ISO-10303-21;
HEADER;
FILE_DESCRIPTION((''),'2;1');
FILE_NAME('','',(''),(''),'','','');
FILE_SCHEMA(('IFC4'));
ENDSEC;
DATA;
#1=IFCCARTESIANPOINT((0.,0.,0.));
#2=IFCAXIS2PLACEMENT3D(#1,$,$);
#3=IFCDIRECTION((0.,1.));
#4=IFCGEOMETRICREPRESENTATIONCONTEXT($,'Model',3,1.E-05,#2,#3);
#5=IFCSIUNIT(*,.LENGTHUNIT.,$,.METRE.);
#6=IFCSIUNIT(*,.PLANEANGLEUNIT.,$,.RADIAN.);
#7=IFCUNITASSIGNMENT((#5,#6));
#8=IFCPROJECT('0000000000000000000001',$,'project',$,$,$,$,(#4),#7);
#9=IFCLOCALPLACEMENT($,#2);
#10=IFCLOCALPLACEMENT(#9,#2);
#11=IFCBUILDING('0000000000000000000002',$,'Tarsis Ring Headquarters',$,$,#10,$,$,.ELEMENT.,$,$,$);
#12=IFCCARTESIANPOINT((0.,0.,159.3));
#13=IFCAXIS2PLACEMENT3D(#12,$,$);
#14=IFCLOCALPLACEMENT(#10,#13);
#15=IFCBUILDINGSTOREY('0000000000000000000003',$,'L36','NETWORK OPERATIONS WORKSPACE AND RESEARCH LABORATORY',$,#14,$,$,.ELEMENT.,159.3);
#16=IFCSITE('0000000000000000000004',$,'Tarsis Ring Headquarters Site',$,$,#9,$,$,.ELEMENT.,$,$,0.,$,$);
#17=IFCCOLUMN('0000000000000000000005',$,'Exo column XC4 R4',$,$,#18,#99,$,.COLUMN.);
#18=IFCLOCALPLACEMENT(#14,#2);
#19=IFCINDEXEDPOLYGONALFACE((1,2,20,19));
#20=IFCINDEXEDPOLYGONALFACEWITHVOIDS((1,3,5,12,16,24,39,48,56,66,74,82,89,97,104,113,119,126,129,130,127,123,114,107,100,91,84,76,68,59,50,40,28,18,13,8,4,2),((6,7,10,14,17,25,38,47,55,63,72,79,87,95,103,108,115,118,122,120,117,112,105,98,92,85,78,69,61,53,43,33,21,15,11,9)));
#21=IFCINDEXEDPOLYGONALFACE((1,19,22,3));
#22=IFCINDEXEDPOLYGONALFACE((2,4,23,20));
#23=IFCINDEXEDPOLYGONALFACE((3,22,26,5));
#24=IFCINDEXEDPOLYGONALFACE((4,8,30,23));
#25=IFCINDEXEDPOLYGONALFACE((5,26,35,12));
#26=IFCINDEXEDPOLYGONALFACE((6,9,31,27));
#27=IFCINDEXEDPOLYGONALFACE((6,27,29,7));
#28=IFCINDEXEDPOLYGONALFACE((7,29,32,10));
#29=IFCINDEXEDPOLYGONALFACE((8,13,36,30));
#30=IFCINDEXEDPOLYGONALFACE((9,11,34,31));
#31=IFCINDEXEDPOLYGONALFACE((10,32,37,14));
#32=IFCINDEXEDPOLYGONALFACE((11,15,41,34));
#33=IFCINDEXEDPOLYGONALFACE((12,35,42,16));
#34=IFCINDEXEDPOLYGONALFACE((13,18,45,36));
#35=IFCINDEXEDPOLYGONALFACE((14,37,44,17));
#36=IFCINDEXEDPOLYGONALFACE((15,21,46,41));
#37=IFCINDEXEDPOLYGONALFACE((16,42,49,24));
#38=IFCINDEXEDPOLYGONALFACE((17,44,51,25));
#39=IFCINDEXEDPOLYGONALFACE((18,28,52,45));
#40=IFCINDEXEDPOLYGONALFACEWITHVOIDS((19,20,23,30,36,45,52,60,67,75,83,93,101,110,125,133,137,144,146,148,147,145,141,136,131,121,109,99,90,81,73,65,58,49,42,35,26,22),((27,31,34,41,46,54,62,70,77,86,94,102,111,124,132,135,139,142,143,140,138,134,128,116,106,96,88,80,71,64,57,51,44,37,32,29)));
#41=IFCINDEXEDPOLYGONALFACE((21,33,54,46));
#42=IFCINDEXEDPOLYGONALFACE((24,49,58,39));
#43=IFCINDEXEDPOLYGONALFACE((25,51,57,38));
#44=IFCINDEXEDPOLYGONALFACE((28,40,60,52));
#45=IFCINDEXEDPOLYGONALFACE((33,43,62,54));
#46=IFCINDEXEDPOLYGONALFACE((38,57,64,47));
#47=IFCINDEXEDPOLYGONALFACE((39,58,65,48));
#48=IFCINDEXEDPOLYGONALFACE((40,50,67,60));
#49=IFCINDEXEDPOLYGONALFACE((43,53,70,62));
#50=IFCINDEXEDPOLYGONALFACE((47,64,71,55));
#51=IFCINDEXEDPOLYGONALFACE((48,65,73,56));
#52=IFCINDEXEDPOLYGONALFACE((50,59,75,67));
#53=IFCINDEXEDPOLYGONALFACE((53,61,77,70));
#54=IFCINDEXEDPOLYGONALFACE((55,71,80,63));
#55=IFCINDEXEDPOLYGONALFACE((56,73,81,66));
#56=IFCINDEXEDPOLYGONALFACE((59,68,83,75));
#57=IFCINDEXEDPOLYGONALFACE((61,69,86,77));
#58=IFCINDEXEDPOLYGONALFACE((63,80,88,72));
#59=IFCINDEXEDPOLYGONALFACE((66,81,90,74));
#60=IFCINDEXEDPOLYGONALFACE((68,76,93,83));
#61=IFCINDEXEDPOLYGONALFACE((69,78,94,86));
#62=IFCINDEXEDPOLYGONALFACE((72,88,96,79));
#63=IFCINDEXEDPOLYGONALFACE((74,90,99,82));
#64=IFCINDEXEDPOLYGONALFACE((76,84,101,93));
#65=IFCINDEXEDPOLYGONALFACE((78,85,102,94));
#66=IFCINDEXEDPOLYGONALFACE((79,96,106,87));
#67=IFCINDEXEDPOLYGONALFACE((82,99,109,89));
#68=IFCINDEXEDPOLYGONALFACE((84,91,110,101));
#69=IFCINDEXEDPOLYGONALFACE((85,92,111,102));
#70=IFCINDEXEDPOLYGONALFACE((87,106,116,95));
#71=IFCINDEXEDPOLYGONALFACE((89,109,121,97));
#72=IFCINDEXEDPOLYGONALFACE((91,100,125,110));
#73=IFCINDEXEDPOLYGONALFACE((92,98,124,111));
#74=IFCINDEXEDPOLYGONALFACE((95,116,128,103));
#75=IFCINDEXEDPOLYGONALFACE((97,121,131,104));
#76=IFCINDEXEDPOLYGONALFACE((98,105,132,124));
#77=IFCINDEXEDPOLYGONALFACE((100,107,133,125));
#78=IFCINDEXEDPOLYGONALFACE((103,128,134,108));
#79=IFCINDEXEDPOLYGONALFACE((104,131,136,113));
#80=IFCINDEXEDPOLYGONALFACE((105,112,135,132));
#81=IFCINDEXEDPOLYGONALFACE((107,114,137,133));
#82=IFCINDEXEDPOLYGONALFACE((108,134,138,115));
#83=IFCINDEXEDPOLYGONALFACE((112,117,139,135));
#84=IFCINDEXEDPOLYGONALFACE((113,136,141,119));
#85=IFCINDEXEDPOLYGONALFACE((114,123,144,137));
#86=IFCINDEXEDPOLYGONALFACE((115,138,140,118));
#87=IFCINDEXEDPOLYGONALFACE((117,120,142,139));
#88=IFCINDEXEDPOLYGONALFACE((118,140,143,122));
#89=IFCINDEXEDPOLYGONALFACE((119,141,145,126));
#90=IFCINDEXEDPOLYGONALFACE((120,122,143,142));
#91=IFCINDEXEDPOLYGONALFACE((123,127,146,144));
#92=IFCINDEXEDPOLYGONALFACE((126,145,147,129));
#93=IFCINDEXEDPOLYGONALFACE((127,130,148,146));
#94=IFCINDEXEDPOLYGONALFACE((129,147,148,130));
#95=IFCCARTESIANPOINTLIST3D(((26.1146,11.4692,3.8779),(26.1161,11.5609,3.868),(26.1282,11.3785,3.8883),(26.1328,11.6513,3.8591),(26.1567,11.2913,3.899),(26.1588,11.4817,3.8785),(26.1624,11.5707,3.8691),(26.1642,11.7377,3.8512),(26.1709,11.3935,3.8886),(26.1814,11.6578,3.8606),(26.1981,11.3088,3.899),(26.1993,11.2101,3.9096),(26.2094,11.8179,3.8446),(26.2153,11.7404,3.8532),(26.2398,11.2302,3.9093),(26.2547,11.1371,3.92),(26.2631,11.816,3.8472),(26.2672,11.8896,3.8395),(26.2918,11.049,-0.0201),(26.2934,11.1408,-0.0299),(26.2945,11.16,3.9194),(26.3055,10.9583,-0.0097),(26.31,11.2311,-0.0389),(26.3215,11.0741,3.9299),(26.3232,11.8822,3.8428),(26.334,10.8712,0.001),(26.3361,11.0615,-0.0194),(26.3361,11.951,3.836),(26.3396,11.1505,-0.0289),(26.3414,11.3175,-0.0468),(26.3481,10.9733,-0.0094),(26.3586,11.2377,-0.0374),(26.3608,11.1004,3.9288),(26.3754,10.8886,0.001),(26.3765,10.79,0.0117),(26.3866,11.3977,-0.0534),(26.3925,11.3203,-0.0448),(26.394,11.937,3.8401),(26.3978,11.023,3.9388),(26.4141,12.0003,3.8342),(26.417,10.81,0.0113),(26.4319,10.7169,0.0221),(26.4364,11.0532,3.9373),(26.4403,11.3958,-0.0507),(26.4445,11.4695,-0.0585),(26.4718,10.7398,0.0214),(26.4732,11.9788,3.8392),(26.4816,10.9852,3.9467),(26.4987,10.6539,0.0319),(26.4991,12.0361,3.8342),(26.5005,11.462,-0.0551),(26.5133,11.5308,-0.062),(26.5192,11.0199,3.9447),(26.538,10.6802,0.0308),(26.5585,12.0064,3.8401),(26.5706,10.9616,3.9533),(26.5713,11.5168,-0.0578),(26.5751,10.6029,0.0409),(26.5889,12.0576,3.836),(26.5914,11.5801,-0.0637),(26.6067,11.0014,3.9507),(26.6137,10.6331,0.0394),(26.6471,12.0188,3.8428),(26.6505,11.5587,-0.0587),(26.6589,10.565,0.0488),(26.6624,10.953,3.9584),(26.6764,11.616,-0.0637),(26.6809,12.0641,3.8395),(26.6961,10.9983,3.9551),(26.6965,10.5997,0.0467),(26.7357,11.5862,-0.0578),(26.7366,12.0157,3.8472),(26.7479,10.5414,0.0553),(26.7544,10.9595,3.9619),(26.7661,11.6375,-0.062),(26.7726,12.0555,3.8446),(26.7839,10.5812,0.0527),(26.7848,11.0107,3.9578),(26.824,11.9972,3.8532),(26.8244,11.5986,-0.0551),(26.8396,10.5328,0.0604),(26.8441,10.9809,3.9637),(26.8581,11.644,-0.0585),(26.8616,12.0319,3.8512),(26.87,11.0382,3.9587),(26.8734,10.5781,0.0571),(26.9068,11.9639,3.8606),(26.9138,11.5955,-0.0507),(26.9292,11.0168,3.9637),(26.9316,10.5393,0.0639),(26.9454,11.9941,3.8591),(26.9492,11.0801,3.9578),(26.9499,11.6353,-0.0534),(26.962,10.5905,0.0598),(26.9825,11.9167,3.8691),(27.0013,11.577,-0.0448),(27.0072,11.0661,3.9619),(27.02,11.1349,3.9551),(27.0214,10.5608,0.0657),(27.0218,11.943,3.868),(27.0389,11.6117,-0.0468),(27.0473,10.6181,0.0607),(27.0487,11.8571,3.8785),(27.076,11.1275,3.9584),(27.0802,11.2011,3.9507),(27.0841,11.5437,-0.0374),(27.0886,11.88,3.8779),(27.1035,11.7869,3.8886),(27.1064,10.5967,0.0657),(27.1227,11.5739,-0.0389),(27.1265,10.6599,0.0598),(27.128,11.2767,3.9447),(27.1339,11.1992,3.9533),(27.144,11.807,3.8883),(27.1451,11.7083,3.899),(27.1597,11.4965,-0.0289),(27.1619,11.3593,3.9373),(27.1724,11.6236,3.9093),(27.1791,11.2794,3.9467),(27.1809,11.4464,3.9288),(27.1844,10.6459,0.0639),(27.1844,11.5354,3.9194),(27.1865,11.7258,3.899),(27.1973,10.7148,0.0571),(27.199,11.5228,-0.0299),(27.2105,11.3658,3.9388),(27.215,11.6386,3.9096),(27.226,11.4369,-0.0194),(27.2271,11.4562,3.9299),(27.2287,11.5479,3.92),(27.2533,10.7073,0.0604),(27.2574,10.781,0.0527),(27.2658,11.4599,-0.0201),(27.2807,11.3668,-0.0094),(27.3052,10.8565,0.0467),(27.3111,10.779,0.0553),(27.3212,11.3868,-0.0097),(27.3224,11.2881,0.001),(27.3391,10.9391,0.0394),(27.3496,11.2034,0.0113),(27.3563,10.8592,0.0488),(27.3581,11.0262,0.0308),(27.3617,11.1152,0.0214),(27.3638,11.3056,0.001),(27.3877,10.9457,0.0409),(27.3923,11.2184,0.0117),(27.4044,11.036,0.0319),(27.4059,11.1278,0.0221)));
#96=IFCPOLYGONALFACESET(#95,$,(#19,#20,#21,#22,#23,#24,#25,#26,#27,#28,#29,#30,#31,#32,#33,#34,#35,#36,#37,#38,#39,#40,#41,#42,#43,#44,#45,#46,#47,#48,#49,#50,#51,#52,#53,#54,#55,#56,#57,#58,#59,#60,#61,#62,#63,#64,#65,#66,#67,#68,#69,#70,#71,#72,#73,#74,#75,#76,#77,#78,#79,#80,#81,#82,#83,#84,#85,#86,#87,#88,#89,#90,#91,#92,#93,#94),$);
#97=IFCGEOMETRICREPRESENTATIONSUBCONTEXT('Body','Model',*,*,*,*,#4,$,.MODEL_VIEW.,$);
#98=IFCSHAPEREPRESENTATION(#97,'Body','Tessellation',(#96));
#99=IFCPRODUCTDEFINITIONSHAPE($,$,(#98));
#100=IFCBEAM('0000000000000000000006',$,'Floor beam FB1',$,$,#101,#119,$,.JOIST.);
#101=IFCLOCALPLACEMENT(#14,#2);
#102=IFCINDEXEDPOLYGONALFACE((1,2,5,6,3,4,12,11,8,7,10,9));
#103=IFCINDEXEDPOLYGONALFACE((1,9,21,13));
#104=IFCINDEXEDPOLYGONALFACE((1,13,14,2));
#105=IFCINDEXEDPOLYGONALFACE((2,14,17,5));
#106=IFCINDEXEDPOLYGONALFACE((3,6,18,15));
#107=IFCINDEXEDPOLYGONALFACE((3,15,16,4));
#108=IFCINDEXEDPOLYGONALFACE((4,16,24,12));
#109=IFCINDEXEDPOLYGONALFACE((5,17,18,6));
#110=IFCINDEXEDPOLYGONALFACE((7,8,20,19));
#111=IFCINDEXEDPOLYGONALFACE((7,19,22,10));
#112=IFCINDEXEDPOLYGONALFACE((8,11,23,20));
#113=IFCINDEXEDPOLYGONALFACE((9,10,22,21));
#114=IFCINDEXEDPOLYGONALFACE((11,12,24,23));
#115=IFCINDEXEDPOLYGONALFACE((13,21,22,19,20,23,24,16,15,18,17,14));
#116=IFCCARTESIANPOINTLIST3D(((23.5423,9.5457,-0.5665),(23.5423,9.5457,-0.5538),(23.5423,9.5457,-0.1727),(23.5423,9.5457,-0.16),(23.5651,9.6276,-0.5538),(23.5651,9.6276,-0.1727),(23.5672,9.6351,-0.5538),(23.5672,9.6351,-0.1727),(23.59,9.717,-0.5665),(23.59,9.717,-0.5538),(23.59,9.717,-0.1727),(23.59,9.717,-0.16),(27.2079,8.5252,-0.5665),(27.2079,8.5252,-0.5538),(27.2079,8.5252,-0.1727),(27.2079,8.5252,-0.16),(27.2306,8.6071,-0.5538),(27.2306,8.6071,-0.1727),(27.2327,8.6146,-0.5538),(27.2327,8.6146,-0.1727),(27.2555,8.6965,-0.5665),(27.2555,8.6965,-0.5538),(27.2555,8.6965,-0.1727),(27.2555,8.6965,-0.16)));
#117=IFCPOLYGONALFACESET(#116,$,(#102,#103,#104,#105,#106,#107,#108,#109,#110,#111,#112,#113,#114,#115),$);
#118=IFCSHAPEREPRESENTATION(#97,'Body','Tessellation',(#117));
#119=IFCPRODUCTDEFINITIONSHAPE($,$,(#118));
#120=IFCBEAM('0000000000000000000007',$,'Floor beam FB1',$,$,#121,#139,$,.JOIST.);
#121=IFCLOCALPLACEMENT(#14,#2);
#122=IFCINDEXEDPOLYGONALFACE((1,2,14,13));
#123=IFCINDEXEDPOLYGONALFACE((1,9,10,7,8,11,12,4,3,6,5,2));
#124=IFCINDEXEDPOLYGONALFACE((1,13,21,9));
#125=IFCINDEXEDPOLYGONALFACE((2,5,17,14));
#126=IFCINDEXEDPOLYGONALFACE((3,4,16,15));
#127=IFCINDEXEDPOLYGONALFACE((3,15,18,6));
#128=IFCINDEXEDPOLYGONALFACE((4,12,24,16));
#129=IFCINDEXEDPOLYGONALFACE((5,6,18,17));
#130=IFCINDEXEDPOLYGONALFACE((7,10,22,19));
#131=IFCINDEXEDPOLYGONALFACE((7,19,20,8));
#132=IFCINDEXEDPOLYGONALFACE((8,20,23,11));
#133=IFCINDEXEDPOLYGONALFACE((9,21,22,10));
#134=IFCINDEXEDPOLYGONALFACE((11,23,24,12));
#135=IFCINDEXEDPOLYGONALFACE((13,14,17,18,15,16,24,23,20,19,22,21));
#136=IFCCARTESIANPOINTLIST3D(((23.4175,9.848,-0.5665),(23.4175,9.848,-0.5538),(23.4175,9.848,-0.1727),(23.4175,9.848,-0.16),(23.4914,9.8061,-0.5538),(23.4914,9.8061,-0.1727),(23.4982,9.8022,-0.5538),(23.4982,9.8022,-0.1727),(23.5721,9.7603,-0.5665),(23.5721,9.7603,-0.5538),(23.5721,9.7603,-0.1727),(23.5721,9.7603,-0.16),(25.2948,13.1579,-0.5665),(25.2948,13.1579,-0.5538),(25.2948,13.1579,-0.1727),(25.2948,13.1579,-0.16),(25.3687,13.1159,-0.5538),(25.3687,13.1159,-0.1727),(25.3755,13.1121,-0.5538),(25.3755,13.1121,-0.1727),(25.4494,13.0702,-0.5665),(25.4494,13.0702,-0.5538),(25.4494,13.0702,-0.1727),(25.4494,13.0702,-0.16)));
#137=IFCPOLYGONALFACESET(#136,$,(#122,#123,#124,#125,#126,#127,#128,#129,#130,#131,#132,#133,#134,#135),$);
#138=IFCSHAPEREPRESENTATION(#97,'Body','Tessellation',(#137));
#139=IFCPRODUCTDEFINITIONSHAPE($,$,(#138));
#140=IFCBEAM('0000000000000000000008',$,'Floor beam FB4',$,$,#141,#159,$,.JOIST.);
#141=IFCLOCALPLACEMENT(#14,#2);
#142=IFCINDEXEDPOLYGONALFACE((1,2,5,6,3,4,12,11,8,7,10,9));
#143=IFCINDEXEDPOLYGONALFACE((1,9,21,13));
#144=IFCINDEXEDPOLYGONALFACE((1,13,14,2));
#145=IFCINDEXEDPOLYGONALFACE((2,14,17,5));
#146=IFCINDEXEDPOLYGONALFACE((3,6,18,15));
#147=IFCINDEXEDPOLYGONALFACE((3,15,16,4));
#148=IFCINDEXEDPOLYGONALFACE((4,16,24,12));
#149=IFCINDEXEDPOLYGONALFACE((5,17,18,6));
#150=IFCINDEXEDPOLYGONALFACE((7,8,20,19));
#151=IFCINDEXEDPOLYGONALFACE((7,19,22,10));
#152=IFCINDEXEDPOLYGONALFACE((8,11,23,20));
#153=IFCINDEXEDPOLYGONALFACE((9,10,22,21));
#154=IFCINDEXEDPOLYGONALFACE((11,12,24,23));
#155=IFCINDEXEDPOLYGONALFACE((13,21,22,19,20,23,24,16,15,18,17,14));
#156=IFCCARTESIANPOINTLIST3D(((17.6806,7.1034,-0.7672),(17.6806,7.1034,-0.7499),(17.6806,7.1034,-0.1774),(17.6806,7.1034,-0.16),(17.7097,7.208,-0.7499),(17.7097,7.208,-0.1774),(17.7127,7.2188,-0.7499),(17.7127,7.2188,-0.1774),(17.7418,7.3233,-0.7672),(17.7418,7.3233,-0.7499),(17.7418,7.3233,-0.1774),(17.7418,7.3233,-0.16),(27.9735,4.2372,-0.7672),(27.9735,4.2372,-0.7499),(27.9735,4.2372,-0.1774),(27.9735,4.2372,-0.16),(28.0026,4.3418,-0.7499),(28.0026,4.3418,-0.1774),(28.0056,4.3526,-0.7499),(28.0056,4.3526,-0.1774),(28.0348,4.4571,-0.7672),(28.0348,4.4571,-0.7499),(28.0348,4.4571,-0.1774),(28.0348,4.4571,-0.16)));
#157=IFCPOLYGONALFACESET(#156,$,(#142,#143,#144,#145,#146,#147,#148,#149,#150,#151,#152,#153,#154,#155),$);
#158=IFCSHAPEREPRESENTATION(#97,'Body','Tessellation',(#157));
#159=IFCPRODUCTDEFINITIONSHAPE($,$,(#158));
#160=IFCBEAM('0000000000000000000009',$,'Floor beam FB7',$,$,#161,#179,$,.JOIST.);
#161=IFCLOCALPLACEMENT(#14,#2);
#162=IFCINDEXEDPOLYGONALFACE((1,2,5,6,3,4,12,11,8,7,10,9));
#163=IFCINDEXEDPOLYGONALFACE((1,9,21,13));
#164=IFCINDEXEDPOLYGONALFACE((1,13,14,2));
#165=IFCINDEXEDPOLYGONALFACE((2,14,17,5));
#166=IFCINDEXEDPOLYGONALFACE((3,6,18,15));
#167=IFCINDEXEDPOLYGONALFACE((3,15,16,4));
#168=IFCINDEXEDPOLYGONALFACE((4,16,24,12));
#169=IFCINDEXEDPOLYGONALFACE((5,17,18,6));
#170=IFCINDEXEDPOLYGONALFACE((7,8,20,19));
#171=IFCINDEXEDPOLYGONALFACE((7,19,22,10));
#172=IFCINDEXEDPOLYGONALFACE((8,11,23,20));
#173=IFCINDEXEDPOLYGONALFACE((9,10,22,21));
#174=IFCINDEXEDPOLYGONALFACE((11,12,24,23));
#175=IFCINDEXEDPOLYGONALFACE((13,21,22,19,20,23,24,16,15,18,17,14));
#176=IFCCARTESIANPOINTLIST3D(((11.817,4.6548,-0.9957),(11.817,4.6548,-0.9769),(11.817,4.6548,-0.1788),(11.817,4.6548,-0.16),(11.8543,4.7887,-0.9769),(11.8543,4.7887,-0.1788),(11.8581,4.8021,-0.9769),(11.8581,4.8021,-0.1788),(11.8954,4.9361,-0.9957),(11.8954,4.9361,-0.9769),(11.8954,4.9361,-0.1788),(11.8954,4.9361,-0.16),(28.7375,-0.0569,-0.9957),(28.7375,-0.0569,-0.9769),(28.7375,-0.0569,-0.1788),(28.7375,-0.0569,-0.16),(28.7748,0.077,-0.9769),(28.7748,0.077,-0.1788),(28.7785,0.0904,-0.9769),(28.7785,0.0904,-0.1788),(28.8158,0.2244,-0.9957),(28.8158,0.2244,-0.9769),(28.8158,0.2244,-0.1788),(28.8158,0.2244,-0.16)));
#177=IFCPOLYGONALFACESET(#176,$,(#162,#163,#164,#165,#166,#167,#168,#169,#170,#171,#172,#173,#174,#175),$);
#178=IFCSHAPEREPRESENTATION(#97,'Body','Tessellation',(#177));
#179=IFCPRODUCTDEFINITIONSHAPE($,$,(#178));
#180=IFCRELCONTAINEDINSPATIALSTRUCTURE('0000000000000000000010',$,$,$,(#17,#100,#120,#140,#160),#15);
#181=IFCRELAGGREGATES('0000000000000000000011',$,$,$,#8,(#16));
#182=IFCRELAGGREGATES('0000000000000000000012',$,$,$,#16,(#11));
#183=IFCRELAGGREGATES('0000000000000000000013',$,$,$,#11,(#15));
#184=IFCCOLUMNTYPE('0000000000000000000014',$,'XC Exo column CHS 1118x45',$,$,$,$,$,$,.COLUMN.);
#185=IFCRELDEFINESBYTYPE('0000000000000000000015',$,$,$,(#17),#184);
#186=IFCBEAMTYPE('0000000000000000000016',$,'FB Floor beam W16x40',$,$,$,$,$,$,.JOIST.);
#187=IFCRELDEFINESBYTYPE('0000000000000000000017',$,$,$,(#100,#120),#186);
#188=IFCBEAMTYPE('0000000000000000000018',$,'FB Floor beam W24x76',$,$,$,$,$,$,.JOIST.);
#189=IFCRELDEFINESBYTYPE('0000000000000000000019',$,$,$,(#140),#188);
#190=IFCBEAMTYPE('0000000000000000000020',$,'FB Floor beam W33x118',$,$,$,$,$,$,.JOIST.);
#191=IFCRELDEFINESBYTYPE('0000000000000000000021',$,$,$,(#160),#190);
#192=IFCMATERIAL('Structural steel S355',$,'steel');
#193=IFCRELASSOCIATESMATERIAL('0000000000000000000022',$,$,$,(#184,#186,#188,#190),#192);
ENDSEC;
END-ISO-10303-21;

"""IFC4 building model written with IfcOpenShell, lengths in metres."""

from ifc_helpers import new_model, si_unit, direction, frame, origin, origin_2d, place, context, subcontext, project, spatial, hollow_circle, i_section, extrude, material, material_profile, profile_set, type_object, element, save


model = new_model("IFC4")

# Units and contexts
model_context = context("Model", 3, precision=1e-05, world=origin(), true_north=direction((0.0, 1.0)))
body_context = subcontext(model_context, "Body", "Model", "MODEL_VIEW")
ifc_project = project(units=[si_unit("LENGTHUNIT", "METRE"), si_unit("PLANEANGLEUNIT", "RADIAN")], contexts=[model_context])

# Site, building, storey
site_placement = place(None, origin())
site = spatial("IfcSite", under=ifc_project, at=site_placement, Name="Tarsis Ring Headquarters Site", CompositionType="ELEMENT", RefElevation=0.0)
building_placement = place(site_placement, origin())
building = spatial("IfcBuilding", under=site, at=building_placement, Name="Tarsis Ring Headquarters", CompositionType="ELEMENT")
storey_placement = place(building_placement, frame((0.0, 0.0, 159.3)))
storey = spatial("IfcBuildingStorey", under=building, at=storey_placement, Name="L36", Description="NETWORK OPERATIONS WORKSPACE AND RESEARCH LABORATORY", CompositionType="ELEMENT", Elevation=159.3)

# Column
ifc_material_1 = material(Name="Structural steel S355", Category="steel")
ifc_material_profile_1 = material_profile(ifc_material_1, hollow_circle(Radius=0.5588, WallThickness=0.0449, at=origin_2d()), Name="CHS 1118x45")
ifc_profile_set_1 = profile_set([ifc_material_profile_1], Name="Structural steel S355")
column_type = type_object("IfcColumnType", Name="XC Exo column CHS 1118x45", PredefinedType="COLUMN", material=ifc_profile_set_1)
column_placement = place(storey_placement, frame((26.8489, 11.0884, 0.001), z_axis=(-0.045164, 0.107061, 0.993226), x_axis=(-0.921373, -0.388679, 0.0)))
element("IfcColumn", 1, at=column_placement, inside=storey, type_object=column_type, Name="Exo column XC4 R4", PredefinedType="COLUMN", context=body_context, shape_type="SweptSolid", body=[
    extrude(hollow_circle(Radius=0.5588, WallThickness=0.0449, at=origin_2d()), origin(), (0.0, 0.0, 1.0), 3.9246),
])

# Beams
ifc_material_profile_2 = material_profile(ifc_material_1, i_section(OverallWidth=0.1777, OverallDepth=0.4065, WebThickness=0.0078, FlangeThickness=0.0127, at=origin_2d()), Name="W16x40")
ifc_profile_set_2 = profile_set([ifc_material_profile_2], Name="Structural steel S355")
beam_type_1 = type_object("IfcBeamType", Name="FB Floor beam W16x40", PredefinedType="JOIST", material=ifc_profile_set_2)
beam_1_placement = place(storey_placement, frame((23.5662, 9.6313, -0.3633), z_axis=(0.963361, -0.268206, 0.0), x_axis=(0.268206, 0.963361, 0.0)))
element("IfcBeam", 2, at=beam_1_placement, inside=storey, type_object=beam_type_1, Name="Floor beam FB1", PredefinedType="JOIST", context=body_context, shape_type="SweptSolid", body=[
    extrude(i_section(OverallWidth=0.1777, OverallDepth=0.4065, WebThickness=0.0078, FlangeThickness=0.0127, at=origin_2d()), origin(), (0.0, 0.0, 1.0), 3.8049),
])
beam_2_placement = place(storey_placement, frame((25.3721, 13.114, -0.3633), z_axis=(-0.493338, -0.869838, 0.0), x_axis=(0.869838, -0.493338, 0.0)))
element("IfcBeam", 3, at=beam_2_placement, inside=storey, type_object=beam_type_1, Name="Floor beam FB1", PredefinedType="JOIST", context=body_context, shape_type="SweptSolid", body=[
    extrude(i_section(OverallWidth=0.1777, OverallDepth=0.4065, WebThickness=0.0078, FlangeThickness=0.0127, at=origin_2d()), origin(), (0.0, 0.0, 1.0), 3.8052),
])
ifc_material_profile_3 = material_profile(ifc_material_1, i_section(OverallWidth=0.2283, OverallDepth=0.6072, WebThickness=0.0112, FlangeThickness=0.0173, at=origin_2d()), Name="W24x76")
ifc_profile_set_3 = profile_set([ifc_material_profile_3], Name="Structural steel S355")
beam_type_2 = type_object("IfcBeamType", Name="FB Floor beam W24x76", PredefinedType="JOIST", material=ifc_profile_set_3)
beam_3_placement = place(storey_placement, frame((17.7112, 7.2134, -0.4636), z_axis=(0.963347, -0.268257, 0.0), x_axis=(0.268257, 0.963347, 0.0)))
element("IfcBeam", 4, at=beam_3_placement, inside=storey, type_object=beam_type_2, Name="Floor beam FB4", PredefinedType="JOIST", context=body_context, shape_type="SweptSolid", body=[
    extrude(i_section(OverallWidth=0.2283, OverallDepth=0.6072, WebThickness=0.0112, FlangeThickness=0.0173, at=origin_2d()), origin(), (0.0, 0.0, 1.0), 10.6846),
])
ifc_material_profile_4 = material_profile(ifc_material_1, i_section(OverallWidth=0.292, OverallDepth=0.8357, WebThickness=0.0139, FlangeThickness=0.0188, at=origin_2d()), Name="W33x118")
ifc_profile_set_4 = profile_set([ifc_material_profile_4], Name="Structural steel S355")
beam_type_3 = type_object("IfcBeamType", Name="FB Floor beam W33x118", PredefinedType="JOIST", material=ifc_profile_set_4)
beam_4_placement = place(storey_placement, frame((11.8562, 4.7954, -0.5779), z_axis=(0.963348, -0.268255, 0.0), x_axis=(0.268255, 0.963348, 0.0)))
element("IfcBeam", 5, at=beam_4_placement, inside=storey, type_object=beam_type_3, Name="Floor beam FB7", PredefinedType="JOIST", context=body_context, shape_type="SweptSolid", body=[
    extrude(i_section(OverallWidth=0.292, OverallDepth=0.8357, WebThickness=0.0139, FlangeThickness=0.0188, at=origin_2d()), origin(), (0.0, 0.0, 1.0), 17.5642),
])

save(model, "model.ifc")
